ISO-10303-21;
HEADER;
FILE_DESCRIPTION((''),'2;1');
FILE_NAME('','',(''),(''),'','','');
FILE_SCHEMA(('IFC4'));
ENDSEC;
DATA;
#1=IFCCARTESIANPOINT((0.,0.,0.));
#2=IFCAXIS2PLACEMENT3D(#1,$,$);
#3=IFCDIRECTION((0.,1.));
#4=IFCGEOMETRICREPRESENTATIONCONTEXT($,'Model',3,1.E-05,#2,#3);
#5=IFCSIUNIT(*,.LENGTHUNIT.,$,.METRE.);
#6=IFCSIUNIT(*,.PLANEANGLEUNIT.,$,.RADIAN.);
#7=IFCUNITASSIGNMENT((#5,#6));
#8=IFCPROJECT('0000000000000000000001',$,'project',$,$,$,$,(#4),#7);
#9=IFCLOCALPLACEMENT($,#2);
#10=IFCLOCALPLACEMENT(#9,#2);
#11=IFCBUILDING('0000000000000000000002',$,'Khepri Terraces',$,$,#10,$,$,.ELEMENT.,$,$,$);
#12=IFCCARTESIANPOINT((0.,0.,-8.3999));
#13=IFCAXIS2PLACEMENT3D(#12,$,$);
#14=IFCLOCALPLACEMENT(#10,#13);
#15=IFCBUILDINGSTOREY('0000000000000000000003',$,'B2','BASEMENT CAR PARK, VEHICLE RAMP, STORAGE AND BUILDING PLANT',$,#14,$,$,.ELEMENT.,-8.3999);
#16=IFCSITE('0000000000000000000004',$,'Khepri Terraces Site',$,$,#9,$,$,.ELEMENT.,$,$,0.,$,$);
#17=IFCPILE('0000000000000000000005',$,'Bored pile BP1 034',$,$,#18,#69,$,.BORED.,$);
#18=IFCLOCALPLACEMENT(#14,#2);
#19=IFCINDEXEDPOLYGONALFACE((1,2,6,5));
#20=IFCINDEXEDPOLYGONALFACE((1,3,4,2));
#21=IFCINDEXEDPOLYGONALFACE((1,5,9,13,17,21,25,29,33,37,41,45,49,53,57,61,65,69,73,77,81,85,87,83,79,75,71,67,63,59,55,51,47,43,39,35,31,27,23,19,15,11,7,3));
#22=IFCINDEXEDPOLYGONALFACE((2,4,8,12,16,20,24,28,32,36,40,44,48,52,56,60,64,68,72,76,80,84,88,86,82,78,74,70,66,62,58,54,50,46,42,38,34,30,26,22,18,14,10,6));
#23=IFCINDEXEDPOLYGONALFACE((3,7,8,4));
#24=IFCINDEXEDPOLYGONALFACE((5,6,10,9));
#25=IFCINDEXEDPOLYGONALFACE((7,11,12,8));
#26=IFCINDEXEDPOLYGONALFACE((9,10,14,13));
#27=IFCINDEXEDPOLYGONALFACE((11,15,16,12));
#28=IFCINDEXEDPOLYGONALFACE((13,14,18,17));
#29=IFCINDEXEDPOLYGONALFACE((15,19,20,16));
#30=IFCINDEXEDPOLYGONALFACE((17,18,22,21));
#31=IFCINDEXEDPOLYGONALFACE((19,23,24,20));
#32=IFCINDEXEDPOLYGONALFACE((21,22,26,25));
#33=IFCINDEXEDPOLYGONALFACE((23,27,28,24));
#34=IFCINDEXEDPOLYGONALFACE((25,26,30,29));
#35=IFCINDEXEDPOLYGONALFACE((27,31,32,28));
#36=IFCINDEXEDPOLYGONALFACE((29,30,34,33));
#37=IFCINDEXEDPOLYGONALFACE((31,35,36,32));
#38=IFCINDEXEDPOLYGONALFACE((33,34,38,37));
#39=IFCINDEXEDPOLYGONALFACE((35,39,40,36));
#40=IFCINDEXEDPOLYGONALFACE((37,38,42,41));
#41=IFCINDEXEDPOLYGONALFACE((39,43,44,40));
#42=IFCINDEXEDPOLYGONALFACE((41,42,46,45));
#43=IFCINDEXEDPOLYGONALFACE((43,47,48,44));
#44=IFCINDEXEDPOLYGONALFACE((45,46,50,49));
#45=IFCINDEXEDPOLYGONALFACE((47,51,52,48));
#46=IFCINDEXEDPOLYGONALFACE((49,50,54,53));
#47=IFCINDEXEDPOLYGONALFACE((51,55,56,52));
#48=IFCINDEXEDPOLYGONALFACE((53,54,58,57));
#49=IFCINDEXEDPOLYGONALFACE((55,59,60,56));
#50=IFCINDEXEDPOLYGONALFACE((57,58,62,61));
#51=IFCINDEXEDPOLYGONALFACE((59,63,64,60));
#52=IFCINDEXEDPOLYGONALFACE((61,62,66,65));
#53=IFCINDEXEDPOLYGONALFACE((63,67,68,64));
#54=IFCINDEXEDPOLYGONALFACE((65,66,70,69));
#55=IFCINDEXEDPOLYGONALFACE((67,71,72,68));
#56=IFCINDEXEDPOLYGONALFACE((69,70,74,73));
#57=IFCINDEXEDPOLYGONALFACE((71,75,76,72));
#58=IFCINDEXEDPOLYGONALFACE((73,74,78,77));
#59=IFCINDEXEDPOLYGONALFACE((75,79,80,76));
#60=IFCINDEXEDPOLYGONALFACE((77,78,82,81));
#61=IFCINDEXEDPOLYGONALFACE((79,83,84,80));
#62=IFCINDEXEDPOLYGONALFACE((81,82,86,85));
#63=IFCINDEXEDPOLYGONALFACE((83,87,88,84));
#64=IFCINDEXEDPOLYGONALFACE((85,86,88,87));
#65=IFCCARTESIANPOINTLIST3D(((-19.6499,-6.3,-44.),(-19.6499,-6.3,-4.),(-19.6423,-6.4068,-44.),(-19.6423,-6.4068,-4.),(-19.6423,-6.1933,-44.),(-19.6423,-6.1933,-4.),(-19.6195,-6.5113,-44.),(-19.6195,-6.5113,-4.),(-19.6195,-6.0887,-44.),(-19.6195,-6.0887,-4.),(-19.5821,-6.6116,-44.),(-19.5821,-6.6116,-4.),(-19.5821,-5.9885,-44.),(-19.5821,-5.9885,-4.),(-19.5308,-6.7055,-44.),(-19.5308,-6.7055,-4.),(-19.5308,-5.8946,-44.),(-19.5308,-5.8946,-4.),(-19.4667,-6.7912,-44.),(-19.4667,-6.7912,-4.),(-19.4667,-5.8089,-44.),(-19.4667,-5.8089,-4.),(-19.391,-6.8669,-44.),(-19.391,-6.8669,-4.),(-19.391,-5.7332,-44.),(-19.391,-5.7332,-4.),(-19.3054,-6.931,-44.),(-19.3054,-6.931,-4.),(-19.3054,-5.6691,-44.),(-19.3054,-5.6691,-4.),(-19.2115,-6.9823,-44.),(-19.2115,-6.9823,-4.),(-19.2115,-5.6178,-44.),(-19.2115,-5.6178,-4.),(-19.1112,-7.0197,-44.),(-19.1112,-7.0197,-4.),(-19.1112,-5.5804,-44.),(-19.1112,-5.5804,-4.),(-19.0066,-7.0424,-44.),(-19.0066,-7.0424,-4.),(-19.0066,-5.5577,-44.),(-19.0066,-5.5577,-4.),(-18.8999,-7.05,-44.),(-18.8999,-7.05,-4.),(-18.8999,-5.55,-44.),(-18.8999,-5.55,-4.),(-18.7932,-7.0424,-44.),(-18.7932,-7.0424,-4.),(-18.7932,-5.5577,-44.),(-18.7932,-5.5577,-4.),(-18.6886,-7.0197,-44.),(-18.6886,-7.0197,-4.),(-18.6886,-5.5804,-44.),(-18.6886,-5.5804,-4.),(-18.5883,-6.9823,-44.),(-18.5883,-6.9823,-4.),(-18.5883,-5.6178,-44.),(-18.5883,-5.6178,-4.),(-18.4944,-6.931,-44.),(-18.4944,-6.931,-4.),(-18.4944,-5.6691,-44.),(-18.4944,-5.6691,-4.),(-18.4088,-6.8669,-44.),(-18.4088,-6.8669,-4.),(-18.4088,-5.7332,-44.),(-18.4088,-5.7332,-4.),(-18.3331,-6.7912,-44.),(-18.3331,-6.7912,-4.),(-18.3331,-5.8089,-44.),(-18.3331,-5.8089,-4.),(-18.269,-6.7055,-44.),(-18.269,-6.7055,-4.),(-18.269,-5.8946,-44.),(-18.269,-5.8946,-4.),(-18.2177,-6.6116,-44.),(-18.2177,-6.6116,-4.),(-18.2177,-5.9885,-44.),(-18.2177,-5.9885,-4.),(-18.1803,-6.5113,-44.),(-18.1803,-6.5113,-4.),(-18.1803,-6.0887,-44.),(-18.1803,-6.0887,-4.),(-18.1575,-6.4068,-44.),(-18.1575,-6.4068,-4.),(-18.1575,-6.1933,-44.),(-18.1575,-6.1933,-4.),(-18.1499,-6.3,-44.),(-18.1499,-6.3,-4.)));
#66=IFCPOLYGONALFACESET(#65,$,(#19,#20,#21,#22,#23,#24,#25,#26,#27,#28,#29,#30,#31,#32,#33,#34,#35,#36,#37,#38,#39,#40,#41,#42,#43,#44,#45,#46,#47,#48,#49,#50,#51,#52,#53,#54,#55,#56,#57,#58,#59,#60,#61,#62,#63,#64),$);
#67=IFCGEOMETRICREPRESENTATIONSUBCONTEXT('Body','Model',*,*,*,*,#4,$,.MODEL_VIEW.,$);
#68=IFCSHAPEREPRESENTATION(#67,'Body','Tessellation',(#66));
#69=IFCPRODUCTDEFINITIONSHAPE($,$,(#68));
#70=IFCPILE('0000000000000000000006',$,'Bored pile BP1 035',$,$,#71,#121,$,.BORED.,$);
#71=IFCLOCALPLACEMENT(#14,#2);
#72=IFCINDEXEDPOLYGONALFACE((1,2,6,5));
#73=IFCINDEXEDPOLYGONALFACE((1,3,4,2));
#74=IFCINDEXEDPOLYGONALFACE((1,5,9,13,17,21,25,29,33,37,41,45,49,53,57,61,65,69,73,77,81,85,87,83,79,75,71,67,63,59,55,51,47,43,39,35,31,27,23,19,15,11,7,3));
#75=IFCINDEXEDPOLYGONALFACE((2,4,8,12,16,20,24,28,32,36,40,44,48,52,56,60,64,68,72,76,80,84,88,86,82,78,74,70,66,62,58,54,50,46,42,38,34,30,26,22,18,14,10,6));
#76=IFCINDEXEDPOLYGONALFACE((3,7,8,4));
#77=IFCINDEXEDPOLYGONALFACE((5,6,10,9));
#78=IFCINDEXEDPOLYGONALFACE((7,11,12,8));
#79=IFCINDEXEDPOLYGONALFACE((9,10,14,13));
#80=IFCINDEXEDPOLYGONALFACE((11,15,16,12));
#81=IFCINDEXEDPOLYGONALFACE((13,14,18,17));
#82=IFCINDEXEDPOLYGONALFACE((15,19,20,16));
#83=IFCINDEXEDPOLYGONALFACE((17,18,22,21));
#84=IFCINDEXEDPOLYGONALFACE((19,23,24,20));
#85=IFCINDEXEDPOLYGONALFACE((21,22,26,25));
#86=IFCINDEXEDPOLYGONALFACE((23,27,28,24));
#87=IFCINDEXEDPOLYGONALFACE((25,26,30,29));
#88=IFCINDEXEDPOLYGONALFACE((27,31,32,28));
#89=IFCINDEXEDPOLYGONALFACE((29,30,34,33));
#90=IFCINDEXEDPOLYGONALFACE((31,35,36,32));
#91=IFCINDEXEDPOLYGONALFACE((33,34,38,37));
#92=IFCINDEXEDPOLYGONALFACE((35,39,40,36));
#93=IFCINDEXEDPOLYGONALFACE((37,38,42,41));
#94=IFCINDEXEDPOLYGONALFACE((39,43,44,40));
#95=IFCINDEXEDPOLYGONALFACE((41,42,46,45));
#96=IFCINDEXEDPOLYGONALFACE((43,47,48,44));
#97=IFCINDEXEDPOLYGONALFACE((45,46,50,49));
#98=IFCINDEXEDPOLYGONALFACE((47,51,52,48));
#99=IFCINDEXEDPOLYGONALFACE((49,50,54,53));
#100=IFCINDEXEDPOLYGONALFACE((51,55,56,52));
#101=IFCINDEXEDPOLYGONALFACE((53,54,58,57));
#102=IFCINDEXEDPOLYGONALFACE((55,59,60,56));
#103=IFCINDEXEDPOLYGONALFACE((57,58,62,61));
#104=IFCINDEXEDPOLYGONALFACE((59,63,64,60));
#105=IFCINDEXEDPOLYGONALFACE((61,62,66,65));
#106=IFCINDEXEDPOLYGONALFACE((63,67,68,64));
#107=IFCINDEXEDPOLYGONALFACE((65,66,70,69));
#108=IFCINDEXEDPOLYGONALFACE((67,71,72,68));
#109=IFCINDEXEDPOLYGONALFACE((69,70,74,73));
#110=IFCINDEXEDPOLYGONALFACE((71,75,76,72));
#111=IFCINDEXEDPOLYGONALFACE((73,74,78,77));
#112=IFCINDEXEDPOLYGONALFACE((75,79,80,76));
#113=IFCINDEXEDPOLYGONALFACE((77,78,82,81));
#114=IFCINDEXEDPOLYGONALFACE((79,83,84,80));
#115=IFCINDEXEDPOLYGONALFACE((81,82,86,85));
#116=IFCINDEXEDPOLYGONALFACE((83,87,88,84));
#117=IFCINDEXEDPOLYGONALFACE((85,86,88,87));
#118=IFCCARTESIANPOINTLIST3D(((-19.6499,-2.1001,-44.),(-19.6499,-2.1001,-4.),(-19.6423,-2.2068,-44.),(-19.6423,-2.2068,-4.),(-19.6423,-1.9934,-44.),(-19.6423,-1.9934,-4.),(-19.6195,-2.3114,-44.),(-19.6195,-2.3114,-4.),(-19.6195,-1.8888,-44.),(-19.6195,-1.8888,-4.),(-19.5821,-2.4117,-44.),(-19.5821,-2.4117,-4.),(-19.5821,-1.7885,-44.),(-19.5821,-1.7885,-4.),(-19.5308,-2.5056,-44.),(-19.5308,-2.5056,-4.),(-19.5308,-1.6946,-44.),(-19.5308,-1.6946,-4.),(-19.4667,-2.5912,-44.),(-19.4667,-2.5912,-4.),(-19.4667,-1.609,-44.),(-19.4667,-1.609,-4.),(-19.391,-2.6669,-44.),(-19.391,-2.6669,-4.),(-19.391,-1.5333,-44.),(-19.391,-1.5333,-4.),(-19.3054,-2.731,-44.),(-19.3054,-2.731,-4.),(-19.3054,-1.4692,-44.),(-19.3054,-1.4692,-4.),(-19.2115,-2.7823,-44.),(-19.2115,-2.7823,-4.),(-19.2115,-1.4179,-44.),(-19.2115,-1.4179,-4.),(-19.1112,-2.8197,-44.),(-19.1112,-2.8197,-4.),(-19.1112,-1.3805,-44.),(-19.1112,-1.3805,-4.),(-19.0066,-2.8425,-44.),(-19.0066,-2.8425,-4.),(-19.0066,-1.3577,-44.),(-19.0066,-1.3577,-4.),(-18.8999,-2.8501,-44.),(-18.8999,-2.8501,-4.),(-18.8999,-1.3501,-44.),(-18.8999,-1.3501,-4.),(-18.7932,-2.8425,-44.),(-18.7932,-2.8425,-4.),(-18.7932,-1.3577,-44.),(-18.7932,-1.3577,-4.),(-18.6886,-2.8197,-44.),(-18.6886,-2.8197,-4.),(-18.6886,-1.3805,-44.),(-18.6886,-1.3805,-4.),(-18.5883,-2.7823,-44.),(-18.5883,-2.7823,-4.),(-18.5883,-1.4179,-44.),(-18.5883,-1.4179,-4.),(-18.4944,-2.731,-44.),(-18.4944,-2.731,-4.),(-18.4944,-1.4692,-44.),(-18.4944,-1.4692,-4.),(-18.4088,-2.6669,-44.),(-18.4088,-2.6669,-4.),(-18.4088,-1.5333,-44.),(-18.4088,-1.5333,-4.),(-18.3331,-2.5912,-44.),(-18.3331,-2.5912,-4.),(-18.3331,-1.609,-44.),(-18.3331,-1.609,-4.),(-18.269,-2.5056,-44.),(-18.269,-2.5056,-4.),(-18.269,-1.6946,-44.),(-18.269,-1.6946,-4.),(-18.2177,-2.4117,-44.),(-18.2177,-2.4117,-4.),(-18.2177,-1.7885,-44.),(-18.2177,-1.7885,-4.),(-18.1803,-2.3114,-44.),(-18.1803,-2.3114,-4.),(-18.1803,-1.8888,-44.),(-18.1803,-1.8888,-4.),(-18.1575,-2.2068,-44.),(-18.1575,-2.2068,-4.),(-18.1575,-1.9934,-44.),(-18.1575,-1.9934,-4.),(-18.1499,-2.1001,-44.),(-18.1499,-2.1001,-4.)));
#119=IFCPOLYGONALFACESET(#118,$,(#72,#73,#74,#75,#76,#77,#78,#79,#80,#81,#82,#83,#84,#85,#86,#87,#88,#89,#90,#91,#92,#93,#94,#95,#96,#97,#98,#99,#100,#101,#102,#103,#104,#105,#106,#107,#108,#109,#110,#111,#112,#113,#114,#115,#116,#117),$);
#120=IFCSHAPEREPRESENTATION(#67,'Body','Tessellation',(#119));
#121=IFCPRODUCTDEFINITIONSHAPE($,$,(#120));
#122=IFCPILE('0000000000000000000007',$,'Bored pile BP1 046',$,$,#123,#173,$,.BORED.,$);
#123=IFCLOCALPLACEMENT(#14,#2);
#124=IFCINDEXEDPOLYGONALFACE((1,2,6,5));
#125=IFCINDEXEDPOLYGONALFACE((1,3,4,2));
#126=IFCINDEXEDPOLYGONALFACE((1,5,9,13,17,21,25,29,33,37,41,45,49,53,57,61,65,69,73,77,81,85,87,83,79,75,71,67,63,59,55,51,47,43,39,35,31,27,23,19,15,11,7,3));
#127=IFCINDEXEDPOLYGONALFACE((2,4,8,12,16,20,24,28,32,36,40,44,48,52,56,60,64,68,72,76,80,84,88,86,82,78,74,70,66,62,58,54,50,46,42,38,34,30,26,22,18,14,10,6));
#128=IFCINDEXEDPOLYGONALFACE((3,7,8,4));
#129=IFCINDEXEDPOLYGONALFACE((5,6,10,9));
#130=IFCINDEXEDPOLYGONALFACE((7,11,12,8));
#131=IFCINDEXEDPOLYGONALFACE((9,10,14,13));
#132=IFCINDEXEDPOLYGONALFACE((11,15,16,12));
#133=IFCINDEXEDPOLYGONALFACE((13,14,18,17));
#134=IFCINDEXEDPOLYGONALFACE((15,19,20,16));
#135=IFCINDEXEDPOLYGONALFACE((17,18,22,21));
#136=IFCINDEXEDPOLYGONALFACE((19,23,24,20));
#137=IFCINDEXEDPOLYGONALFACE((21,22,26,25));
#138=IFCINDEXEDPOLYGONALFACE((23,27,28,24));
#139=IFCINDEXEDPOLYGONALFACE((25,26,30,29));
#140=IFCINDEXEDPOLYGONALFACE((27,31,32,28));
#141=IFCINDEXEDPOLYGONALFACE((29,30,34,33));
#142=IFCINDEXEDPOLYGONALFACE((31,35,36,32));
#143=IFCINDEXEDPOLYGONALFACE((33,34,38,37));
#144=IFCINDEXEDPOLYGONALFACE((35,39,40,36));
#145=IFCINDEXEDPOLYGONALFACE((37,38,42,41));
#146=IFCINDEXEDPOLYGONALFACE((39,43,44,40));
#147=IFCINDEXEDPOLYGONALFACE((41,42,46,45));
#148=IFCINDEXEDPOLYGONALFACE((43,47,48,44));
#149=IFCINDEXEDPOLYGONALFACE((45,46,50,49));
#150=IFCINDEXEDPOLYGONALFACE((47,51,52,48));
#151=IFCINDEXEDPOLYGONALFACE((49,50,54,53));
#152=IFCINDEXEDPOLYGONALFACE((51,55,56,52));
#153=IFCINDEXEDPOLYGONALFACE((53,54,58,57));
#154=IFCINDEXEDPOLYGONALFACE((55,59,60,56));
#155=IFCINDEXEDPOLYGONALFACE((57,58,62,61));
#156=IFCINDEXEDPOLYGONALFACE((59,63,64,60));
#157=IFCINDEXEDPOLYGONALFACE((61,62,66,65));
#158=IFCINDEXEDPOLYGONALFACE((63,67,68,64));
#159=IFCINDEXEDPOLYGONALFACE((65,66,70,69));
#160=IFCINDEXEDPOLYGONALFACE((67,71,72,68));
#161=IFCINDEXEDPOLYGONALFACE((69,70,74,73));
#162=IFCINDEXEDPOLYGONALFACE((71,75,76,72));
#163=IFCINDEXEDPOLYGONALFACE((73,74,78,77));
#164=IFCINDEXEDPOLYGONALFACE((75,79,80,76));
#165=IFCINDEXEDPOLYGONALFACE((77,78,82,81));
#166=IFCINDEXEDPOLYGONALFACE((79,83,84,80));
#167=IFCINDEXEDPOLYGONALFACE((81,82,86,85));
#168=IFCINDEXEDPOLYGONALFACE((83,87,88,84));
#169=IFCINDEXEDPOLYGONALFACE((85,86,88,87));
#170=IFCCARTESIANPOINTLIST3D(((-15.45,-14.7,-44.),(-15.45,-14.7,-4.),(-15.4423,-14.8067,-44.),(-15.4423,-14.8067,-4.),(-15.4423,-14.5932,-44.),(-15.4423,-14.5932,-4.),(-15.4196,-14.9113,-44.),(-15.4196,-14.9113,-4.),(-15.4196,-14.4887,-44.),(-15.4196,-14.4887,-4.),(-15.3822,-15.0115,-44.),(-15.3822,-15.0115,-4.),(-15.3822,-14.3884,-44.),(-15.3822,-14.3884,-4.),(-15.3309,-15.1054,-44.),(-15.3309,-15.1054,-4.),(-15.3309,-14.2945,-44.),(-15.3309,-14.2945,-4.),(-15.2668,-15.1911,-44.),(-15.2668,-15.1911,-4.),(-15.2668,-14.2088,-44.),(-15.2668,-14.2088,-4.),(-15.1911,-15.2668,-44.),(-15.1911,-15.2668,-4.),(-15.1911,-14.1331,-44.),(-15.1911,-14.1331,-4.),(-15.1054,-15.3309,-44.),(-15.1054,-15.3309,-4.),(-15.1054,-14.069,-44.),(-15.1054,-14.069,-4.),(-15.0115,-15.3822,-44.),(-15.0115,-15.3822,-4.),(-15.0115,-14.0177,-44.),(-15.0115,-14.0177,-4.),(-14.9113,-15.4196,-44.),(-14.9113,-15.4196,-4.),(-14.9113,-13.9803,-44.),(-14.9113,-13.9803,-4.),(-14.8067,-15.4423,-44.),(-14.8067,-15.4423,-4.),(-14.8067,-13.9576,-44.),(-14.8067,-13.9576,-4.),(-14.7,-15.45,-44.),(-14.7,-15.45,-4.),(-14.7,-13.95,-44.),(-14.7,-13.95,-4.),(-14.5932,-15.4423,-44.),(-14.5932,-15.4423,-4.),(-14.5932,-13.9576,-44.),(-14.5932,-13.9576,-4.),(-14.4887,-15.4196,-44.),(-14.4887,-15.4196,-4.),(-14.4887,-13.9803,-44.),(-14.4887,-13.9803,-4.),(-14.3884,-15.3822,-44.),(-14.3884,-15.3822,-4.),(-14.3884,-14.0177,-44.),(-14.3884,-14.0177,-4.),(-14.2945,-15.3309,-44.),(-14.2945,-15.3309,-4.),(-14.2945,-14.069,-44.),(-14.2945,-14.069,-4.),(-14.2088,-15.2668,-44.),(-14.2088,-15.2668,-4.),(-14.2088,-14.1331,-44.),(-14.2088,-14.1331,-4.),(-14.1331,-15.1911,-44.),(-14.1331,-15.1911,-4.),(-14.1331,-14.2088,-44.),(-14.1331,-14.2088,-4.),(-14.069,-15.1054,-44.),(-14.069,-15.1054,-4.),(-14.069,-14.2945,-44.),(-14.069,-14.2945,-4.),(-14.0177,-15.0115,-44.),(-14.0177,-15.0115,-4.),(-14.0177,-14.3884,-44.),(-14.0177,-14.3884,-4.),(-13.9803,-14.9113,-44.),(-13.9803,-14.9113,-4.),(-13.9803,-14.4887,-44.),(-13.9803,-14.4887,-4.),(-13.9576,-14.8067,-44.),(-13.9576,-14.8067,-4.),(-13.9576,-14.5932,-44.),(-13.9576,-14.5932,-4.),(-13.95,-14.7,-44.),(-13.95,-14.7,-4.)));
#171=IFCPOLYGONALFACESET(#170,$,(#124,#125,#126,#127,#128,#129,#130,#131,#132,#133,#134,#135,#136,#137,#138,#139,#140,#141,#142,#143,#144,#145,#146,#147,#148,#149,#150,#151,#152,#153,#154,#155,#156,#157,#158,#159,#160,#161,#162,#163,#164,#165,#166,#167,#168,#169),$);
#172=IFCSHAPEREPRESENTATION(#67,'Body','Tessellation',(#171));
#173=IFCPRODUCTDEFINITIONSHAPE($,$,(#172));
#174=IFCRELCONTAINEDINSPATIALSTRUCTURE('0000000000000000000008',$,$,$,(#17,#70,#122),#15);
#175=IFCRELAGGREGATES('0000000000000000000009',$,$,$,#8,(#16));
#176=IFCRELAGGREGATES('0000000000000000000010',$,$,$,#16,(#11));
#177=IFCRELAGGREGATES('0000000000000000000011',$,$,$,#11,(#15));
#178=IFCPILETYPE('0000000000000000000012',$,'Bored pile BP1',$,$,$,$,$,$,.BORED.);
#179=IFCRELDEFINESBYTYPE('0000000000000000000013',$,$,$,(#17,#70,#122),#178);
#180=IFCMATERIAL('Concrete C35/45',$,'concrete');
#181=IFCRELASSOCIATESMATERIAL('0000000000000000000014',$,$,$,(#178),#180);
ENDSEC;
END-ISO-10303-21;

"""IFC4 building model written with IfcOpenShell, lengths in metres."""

from ifc_helpers import new_model, si_unit, direction, frame, origin, origin_2d, place, context, subcontext, project, spatial, circle, extrude, material, material_profile, profile_set, type_object, element, save


model = new_model("IFC4")

# Units and contexts
model_context = context("Model", 3, precision=1e-05, world=origin(), true_north=direction((0.0, 1.0)))
body_context = subcontext(model_context, "Body", "Model", "MODEL_VIEW")
ifc_project = project(units=[si_unit("LENGTHUNIT", "METRE"), si_unit("PLANEANGLEUNIT", "RADIAN")], contexts=[model_context])

# Site, building, storey
site_placement = place(None, origin())
site = spatial("IfcSite", under=ifc_project, at=site_placement, Name="Khepri Terraces Site", CompositionType="ELEMENT", RefElevation=0.0)
building_placement = place(site_placement, origin())
building = spatial("IfcBuilding", under=site, at=building_placement, Name="Khepri Terraces", CompositionType="ELEMENT")
storey_placement = place(building_placement, frame((0.0, 0.0, -8.3999)))
storey = spatial("IfcBuildingStorey", under=building, at=storey_placement, Name="B2", Description="BASEMENT CAR PARK, VEHICLE RAMP, STORAGE AND BUILDING PLANT", CompositionType="ELEMENT", Elevation=-8.3999)

# Piles
ifc_material_1 = material(Name="Concrete C35/45", Category="concrete")
ifc_material_profile_1 = material_profile(ifc_material_1, circle(Radius=0.75, at=origin_2d()), Name="Concrete C35/45", Category="concrete")
ifc_profile_set_1 = profile_set([ifc_material_profile_1], Name="Concrete C35/45")
pile_type = type_object("IfcPileType", Name="Bored pile BP1", PredefinedType="BORED", material=ifc_profile_set_1)
for number, where, z_axis, x_axis, name in (
    (1, (-18.8999, -6.3, -4.0), (0.0, 0.0, -1.0), (1.0, 0.0, 0.0), "Bored pile BP1 034"),
    (2, (-18.8999, -2.1001, -4.0), (0.0, 0.0, -1.0), (1.0, 0.0, 0.0), "Bored pile BP1 035"),
    (3, (-14.7, -14.7, -4.0), (0.0, 0.0, -1.0), (1.0, 0.0, 0.0), "Bored pile BP1 046"),
):
    element("IfcPile", number, at=place(storey_placement, frame(where, z_axis=z_axis, x_axis=x_axis)), inside=storey, type_object=pile_type, Name=name, PredefinedType="BORED", context=body_context, shape_type="SweptSolid", body=[
        extrude(circle(Radius=0.75, at=origin_2d()), origin(), (0.0, 0.0, 1.0), 40.0),
    ])

save(model, "model.ifc")
